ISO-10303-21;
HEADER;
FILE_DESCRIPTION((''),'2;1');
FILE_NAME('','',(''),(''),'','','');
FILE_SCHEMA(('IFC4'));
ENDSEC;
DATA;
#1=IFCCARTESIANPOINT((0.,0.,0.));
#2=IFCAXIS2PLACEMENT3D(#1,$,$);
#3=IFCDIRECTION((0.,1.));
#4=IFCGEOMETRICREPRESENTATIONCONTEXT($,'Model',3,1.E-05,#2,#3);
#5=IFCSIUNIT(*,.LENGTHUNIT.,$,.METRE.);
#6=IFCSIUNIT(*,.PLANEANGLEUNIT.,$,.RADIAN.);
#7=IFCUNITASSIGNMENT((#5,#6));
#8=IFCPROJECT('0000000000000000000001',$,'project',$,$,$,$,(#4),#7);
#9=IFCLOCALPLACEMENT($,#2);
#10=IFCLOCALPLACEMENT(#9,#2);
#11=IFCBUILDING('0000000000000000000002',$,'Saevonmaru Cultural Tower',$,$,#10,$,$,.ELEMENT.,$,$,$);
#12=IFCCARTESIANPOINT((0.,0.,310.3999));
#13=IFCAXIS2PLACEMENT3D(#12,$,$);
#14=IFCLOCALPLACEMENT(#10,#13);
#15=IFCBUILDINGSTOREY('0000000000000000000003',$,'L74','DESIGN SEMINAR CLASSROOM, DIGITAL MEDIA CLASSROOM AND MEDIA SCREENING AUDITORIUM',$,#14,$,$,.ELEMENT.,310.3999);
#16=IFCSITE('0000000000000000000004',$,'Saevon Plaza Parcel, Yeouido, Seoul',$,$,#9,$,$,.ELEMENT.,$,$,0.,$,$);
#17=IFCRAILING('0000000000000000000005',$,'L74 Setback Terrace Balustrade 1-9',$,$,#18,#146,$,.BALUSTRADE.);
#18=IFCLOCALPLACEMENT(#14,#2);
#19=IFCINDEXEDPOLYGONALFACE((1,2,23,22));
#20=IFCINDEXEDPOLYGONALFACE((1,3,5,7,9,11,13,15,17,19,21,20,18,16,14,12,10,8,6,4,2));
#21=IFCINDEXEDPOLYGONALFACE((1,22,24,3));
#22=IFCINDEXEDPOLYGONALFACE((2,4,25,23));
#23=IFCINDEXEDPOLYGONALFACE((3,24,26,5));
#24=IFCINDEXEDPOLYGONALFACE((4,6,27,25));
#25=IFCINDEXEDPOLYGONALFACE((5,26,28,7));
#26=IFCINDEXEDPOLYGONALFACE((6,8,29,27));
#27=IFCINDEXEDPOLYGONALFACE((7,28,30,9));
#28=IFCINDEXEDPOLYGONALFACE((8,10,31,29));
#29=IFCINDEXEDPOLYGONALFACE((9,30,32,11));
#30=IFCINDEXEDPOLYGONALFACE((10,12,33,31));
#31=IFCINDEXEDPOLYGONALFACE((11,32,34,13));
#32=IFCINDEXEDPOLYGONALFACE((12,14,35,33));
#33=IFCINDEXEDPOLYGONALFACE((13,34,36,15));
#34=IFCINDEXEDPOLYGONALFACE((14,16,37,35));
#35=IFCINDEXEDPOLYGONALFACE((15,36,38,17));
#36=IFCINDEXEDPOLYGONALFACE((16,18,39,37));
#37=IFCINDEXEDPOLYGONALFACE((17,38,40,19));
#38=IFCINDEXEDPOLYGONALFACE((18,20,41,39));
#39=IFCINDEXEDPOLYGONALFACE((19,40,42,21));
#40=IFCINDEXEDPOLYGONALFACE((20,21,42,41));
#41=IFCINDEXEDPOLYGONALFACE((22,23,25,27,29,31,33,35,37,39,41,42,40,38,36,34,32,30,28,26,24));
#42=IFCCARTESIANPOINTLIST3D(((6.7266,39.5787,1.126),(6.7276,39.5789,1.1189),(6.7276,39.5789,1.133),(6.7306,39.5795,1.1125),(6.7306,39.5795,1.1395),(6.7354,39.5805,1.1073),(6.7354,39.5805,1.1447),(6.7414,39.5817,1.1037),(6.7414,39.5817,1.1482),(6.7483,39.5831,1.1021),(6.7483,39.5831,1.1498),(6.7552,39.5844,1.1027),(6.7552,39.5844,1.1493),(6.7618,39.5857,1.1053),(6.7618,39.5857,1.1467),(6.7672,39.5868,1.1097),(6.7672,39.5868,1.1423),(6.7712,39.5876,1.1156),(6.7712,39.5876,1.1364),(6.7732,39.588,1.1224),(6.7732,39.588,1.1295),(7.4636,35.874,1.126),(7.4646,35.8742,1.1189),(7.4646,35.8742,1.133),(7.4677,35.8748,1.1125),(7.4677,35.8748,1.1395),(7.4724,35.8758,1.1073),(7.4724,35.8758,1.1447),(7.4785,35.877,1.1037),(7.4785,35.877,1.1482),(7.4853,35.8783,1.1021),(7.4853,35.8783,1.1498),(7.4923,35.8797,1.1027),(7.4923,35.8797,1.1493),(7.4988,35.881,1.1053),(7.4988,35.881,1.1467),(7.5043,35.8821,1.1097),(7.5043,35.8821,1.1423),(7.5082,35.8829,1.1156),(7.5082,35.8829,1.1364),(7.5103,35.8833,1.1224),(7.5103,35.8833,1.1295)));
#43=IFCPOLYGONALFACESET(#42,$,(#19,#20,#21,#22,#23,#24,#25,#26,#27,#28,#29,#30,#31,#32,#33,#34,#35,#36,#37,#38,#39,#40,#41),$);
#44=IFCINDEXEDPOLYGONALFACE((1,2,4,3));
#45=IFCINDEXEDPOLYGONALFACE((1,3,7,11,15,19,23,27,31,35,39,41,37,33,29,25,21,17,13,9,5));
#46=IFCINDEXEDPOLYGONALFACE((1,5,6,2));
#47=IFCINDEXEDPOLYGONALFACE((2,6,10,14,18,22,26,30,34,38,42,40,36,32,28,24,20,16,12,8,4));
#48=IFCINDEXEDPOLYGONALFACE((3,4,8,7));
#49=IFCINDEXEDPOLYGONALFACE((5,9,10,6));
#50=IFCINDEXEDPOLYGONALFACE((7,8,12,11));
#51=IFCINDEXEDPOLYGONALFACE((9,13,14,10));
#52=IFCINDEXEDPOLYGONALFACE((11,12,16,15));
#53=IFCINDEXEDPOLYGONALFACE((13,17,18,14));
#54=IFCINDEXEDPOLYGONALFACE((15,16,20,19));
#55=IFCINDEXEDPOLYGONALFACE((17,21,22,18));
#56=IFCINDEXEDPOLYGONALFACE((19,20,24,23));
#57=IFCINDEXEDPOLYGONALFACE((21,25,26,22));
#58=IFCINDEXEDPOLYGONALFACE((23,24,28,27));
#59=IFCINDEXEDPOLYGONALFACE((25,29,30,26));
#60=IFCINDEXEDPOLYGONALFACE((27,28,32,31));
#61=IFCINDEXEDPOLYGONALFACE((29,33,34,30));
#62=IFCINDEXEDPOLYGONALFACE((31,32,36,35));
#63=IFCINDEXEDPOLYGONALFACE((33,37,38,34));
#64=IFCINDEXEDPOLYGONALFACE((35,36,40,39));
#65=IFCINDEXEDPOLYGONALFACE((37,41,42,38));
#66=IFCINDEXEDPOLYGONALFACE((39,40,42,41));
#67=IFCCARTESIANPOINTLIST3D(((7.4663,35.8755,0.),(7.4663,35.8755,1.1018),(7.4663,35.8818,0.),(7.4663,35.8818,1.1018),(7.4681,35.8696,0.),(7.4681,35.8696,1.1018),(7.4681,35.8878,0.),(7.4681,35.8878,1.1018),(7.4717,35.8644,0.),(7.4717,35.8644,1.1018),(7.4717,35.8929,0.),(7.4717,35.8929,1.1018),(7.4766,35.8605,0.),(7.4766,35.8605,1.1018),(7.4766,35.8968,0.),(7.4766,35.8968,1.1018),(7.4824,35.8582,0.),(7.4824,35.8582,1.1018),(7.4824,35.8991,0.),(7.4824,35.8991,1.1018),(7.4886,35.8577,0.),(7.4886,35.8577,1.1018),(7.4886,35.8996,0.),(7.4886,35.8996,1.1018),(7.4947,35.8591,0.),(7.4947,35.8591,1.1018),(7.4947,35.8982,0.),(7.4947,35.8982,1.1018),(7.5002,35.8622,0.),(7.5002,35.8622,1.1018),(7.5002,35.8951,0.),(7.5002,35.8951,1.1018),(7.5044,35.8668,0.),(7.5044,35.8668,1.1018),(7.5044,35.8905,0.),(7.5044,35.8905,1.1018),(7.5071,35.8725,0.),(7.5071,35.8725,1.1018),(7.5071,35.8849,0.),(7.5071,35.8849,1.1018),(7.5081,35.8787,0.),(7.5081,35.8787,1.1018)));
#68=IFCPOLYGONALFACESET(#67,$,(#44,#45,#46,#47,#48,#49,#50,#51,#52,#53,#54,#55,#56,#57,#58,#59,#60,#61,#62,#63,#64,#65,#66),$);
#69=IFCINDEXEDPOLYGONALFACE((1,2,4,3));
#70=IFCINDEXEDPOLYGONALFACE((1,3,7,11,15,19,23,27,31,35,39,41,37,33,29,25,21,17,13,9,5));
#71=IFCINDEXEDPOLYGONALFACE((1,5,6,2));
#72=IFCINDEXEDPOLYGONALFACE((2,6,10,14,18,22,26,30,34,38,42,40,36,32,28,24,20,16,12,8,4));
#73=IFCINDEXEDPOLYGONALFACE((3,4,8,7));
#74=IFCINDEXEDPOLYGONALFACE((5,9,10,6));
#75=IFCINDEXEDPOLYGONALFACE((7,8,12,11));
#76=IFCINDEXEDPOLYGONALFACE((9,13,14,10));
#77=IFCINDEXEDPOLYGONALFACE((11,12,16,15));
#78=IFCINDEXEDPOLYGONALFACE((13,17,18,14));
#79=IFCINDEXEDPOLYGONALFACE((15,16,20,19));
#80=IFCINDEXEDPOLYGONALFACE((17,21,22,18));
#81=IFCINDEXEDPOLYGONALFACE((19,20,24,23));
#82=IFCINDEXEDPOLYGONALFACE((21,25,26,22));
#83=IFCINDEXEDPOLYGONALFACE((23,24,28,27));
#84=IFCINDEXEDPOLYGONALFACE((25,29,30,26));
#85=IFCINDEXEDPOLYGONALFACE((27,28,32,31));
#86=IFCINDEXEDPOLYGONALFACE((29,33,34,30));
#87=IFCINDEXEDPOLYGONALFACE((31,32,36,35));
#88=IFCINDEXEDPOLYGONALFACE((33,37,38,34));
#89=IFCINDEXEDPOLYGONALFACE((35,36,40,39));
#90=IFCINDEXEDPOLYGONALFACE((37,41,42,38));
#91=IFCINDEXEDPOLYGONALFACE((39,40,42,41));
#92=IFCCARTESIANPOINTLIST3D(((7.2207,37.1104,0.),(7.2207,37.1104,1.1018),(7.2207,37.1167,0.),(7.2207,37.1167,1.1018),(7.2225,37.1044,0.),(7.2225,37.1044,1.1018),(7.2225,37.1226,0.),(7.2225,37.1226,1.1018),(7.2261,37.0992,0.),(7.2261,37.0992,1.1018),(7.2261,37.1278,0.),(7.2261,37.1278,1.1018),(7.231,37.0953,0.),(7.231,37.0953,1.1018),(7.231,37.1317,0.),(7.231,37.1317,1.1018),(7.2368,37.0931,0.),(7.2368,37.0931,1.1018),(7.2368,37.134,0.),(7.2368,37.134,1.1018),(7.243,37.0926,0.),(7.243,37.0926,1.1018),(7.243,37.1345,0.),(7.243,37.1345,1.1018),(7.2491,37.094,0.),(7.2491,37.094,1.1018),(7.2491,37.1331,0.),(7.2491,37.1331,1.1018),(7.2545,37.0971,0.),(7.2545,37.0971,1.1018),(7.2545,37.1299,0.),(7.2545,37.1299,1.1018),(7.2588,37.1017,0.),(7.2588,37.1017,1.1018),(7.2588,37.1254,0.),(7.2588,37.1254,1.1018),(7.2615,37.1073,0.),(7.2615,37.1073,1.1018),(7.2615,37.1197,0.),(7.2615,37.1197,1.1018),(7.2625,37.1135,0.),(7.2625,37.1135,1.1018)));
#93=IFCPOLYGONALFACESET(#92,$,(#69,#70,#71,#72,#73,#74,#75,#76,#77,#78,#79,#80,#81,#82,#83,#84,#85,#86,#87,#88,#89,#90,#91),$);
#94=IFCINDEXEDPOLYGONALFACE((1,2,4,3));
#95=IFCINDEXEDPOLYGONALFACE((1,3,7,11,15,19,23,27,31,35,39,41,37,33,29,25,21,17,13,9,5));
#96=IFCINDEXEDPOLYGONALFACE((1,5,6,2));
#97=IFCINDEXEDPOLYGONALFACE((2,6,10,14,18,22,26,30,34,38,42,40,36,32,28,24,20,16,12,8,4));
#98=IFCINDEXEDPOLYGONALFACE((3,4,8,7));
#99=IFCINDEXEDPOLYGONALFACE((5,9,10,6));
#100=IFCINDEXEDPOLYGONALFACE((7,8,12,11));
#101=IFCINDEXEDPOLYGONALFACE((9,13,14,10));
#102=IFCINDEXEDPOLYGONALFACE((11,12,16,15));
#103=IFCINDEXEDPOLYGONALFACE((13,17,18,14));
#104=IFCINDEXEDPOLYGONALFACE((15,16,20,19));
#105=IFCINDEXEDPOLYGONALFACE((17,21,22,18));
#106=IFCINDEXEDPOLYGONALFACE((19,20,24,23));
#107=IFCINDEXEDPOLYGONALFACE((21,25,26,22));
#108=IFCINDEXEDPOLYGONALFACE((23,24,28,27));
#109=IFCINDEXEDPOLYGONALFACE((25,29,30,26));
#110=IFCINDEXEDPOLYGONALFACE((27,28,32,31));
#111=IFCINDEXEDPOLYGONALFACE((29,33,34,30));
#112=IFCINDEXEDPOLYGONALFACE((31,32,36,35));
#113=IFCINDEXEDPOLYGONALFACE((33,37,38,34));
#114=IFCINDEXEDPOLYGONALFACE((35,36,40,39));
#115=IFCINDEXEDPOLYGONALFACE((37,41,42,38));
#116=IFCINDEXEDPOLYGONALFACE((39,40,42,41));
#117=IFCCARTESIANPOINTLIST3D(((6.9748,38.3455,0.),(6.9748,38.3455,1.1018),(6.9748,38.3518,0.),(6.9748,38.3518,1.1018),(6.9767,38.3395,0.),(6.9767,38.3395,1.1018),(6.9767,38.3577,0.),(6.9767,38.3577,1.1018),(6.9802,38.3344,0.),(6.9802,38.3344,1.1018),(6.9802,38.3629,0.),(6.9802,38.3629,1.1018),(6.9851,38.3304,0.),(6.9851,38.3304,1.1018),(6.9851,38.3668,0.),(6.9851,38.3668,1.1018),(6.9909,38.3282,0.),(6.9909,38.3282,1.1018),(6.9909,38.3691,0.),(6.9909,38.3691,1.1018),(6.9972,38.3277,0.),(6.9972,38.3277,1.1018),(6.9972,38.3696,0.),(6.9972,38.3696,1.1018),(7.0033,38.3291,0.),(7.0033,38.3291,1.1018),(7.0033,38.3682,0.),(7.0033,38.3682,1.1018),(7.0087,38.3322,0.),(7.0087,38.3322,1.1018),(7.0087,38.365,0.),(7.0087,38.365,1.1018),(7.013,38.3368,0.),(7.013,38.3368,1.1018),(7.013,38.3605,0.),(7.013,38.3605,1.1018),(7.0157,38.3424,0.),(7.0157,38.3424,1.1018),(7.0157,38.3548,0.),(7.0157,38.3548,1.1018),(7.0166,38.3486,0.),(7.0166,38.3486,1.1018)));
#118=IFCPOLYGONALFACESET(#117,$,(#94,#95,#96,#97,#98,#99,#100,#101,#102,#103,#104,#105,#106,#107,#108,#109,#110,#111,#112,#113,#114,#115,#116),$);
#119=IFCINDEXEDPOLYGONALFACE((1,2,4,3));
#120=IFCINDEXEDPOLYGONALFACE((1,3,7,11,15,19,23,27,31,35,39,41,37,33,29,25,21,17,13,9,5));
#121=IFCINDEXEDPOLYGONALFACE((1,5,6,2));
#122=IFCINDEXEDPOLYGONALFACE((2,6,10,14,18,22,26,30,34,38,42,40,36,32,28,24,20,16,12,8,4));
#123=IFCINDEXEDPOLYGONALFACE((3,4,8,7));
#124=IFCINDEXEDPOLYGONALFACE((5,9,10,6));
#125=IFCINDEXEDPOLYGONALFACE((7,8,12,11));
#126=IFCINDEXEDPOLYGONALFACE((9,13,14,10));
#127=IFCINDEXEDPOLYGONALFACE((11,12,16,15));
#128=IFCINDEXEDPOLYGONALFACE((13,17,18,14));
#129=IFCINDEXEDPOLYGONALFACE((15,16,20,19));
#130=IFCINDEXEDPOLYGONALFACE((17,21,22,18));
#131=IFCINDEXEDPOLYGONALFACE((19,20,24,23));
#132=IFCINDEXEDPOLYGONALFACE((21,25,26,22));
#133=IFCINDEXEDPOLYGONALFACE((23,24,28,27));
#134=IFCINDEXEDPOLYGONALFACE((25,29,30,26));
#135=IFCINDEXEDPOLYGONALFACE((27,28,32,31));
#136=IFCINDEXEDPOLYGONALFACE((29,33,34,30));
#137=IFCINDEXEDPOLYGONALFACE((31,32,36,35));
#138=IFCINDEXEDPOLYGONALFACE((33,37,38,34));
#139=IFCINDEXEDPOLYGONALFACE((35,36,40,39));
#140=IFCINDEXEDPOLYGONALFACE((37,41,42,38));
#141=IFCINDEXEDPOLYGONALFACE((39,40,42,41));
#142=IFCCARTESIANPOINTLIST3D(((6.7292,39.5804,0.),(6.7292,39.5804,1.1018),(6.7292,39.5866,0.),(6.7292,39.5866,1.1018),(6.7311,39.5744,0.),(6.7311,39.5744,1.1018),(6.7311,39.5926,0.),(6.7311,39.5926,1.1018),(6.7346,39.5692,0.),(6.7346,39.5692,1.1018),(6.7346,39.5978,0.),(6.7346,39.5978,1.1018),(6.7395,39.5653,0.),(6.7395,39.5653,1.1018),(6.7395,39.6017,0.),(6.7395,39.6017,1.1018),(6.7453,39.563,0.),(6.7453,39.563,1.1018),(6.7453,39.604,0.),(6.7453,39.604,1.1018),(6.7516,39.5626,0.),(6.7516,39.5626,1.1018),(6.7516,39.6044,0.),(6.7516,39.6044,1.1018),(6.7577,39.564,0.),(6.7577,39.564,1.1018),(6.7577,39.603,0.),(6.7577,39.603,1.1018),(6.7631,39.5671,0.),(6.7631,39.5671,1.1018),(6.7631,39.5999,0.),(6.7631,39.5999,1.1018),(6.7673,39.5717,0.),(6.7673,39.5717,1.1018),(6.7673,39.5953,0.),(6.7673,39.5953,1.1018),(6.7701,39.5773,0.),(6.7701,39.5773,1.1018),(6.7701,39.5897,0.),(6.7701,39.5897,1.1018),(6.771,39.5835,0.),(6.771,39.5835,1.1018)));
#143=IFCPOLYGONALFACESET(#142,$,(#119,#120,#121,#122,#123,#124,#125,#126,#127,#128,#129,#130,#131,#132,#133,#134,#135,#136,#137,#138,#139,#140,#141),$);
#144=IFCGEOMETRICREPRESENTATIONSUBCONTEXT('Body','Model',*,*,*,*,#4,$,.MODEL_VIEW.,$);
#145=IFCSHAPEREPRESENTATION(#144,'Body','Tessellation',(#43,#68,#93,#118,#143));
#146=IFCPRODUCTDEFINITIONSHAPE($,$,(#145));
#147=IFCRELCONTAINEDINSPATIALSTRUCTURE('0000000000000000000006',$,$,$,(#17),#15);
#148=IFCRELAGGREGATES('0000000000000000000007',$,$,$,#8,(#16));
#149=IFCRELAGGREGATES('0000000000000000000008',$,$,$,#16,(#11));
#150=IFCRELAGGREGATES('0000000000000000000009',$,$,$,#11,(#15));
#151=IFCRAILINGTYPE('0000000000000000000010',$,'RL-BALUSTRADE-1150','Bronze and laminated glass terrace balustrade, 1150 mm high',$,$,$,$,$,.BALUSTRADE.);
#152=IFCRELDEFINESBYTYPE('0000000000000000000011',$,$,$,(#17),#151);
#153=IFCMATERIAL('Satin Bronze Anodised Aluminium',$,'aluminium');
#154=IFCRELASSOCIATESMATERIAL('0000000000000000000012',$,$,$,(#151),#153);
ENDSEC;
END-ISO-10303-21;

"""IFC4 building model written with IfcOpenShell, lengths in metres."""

from ifc_helpers import new_model, si_unit, direction, frame, origin, origin_2d, place, context, subcontext, project, spatial, circle, extrude, material, type_object, element, save


model = new_model("IFC4")

# Units and contexts
model_context = context("Model", 3, precision=1e-05, world=origin(), true_north=direction((0.0, 1.0)))
body_context = subcontext(model_context, "Body", "Model", "MODEL_VIEW")
ifc_project = project(units=[si_unit("LENGTHUNIT", "METRE"), si_unit("PLANEANGLEUNIT", "RADIAN")], contexts=[model_context])

# Site, building, storey
site_placement = place(None, origin())
site = spatial("IfcSite", under=ifc_project, at=site_placement, Name="Saevon Plaza Parcel, Yeouido, Seoul", CompositionType="ELEMENT", RefElevation=0.0)
building_placement = place(site_placement, origin())
building = spatial("IfcBuilding", under=site, at=building_placement, Name="Saevonmaru Cultural Tower", CompositionType="ELEMENT")
storey_placement = place(building_placement, frame((0.0, 0.0, 310.3999)))
storey = spatial("IfcBuildingStorey", under=building, at=storey_placement, Name="L74", Description="DESIGN SEMINAR CLASSROOM, DIGITAL MEDIA CLASSROOM AND MEDIA SCREENING AUDITORIUM", CompositionType="ELEMENT", Elevation=310.3999)

# Shared definitions
ifc_material_1 = material(Name="Satin Bronze Anodised Aluminium", Category="aluminium")

# Railing
railing_type = type_object("IfcRailingType", Name="RL-BALUSTRADE-1150", Description="Bronze and laminated glass terrace balustrade, 1150 mm high", PredefinedType="BALUSTRADE", material=ifc_material_1)
railing_1_placement = place(storey_placement, frame((7.4871, 35.8787, 0.0)))
element("IfcRailing", 1, at=railing_1_placement, inside=storey, type_object=railing_type, Name="L74 Setback Terrace Balustrade 1-9", PredefinedType="BALUSTRADE", context=body_context, shape_type="SweptSolid", body=[
    extrude(circle(Radius=0.0239, at=origin_2d()), frame((0.0, 0.0, 1.126), z_axis=(-0.195122, 0.980779, 0.0), x_axis=(-0.980779, -0.195122, 0.0)), (0.0, 0.0, 1.0), 3.7773),
    extrude(circle(Radius=0.021, at=origin_2d()), origin(), (0.0, 0.0, 1.0), 1.1018),
    extrude(circle(Radius=0.021, at=origin_2d()), frame((-0.2456, 1.2349, 0.0)), (0.0, 0.0, 1.0), 1.1018),
    extrude(circle(Radius=0.021, at=origin_2d()), frame((-0.4915, 2.47, 0.0)), (0.0, 0.0, 1.0), 1.1018),
    extrude(circle(Radius=0.021, at=origin_2d()), frame((-0.7371, 3.7048, 0.0)), (0.0, 0.0, 1.0), 1.1018),
])

save(model, "model.ifc")
